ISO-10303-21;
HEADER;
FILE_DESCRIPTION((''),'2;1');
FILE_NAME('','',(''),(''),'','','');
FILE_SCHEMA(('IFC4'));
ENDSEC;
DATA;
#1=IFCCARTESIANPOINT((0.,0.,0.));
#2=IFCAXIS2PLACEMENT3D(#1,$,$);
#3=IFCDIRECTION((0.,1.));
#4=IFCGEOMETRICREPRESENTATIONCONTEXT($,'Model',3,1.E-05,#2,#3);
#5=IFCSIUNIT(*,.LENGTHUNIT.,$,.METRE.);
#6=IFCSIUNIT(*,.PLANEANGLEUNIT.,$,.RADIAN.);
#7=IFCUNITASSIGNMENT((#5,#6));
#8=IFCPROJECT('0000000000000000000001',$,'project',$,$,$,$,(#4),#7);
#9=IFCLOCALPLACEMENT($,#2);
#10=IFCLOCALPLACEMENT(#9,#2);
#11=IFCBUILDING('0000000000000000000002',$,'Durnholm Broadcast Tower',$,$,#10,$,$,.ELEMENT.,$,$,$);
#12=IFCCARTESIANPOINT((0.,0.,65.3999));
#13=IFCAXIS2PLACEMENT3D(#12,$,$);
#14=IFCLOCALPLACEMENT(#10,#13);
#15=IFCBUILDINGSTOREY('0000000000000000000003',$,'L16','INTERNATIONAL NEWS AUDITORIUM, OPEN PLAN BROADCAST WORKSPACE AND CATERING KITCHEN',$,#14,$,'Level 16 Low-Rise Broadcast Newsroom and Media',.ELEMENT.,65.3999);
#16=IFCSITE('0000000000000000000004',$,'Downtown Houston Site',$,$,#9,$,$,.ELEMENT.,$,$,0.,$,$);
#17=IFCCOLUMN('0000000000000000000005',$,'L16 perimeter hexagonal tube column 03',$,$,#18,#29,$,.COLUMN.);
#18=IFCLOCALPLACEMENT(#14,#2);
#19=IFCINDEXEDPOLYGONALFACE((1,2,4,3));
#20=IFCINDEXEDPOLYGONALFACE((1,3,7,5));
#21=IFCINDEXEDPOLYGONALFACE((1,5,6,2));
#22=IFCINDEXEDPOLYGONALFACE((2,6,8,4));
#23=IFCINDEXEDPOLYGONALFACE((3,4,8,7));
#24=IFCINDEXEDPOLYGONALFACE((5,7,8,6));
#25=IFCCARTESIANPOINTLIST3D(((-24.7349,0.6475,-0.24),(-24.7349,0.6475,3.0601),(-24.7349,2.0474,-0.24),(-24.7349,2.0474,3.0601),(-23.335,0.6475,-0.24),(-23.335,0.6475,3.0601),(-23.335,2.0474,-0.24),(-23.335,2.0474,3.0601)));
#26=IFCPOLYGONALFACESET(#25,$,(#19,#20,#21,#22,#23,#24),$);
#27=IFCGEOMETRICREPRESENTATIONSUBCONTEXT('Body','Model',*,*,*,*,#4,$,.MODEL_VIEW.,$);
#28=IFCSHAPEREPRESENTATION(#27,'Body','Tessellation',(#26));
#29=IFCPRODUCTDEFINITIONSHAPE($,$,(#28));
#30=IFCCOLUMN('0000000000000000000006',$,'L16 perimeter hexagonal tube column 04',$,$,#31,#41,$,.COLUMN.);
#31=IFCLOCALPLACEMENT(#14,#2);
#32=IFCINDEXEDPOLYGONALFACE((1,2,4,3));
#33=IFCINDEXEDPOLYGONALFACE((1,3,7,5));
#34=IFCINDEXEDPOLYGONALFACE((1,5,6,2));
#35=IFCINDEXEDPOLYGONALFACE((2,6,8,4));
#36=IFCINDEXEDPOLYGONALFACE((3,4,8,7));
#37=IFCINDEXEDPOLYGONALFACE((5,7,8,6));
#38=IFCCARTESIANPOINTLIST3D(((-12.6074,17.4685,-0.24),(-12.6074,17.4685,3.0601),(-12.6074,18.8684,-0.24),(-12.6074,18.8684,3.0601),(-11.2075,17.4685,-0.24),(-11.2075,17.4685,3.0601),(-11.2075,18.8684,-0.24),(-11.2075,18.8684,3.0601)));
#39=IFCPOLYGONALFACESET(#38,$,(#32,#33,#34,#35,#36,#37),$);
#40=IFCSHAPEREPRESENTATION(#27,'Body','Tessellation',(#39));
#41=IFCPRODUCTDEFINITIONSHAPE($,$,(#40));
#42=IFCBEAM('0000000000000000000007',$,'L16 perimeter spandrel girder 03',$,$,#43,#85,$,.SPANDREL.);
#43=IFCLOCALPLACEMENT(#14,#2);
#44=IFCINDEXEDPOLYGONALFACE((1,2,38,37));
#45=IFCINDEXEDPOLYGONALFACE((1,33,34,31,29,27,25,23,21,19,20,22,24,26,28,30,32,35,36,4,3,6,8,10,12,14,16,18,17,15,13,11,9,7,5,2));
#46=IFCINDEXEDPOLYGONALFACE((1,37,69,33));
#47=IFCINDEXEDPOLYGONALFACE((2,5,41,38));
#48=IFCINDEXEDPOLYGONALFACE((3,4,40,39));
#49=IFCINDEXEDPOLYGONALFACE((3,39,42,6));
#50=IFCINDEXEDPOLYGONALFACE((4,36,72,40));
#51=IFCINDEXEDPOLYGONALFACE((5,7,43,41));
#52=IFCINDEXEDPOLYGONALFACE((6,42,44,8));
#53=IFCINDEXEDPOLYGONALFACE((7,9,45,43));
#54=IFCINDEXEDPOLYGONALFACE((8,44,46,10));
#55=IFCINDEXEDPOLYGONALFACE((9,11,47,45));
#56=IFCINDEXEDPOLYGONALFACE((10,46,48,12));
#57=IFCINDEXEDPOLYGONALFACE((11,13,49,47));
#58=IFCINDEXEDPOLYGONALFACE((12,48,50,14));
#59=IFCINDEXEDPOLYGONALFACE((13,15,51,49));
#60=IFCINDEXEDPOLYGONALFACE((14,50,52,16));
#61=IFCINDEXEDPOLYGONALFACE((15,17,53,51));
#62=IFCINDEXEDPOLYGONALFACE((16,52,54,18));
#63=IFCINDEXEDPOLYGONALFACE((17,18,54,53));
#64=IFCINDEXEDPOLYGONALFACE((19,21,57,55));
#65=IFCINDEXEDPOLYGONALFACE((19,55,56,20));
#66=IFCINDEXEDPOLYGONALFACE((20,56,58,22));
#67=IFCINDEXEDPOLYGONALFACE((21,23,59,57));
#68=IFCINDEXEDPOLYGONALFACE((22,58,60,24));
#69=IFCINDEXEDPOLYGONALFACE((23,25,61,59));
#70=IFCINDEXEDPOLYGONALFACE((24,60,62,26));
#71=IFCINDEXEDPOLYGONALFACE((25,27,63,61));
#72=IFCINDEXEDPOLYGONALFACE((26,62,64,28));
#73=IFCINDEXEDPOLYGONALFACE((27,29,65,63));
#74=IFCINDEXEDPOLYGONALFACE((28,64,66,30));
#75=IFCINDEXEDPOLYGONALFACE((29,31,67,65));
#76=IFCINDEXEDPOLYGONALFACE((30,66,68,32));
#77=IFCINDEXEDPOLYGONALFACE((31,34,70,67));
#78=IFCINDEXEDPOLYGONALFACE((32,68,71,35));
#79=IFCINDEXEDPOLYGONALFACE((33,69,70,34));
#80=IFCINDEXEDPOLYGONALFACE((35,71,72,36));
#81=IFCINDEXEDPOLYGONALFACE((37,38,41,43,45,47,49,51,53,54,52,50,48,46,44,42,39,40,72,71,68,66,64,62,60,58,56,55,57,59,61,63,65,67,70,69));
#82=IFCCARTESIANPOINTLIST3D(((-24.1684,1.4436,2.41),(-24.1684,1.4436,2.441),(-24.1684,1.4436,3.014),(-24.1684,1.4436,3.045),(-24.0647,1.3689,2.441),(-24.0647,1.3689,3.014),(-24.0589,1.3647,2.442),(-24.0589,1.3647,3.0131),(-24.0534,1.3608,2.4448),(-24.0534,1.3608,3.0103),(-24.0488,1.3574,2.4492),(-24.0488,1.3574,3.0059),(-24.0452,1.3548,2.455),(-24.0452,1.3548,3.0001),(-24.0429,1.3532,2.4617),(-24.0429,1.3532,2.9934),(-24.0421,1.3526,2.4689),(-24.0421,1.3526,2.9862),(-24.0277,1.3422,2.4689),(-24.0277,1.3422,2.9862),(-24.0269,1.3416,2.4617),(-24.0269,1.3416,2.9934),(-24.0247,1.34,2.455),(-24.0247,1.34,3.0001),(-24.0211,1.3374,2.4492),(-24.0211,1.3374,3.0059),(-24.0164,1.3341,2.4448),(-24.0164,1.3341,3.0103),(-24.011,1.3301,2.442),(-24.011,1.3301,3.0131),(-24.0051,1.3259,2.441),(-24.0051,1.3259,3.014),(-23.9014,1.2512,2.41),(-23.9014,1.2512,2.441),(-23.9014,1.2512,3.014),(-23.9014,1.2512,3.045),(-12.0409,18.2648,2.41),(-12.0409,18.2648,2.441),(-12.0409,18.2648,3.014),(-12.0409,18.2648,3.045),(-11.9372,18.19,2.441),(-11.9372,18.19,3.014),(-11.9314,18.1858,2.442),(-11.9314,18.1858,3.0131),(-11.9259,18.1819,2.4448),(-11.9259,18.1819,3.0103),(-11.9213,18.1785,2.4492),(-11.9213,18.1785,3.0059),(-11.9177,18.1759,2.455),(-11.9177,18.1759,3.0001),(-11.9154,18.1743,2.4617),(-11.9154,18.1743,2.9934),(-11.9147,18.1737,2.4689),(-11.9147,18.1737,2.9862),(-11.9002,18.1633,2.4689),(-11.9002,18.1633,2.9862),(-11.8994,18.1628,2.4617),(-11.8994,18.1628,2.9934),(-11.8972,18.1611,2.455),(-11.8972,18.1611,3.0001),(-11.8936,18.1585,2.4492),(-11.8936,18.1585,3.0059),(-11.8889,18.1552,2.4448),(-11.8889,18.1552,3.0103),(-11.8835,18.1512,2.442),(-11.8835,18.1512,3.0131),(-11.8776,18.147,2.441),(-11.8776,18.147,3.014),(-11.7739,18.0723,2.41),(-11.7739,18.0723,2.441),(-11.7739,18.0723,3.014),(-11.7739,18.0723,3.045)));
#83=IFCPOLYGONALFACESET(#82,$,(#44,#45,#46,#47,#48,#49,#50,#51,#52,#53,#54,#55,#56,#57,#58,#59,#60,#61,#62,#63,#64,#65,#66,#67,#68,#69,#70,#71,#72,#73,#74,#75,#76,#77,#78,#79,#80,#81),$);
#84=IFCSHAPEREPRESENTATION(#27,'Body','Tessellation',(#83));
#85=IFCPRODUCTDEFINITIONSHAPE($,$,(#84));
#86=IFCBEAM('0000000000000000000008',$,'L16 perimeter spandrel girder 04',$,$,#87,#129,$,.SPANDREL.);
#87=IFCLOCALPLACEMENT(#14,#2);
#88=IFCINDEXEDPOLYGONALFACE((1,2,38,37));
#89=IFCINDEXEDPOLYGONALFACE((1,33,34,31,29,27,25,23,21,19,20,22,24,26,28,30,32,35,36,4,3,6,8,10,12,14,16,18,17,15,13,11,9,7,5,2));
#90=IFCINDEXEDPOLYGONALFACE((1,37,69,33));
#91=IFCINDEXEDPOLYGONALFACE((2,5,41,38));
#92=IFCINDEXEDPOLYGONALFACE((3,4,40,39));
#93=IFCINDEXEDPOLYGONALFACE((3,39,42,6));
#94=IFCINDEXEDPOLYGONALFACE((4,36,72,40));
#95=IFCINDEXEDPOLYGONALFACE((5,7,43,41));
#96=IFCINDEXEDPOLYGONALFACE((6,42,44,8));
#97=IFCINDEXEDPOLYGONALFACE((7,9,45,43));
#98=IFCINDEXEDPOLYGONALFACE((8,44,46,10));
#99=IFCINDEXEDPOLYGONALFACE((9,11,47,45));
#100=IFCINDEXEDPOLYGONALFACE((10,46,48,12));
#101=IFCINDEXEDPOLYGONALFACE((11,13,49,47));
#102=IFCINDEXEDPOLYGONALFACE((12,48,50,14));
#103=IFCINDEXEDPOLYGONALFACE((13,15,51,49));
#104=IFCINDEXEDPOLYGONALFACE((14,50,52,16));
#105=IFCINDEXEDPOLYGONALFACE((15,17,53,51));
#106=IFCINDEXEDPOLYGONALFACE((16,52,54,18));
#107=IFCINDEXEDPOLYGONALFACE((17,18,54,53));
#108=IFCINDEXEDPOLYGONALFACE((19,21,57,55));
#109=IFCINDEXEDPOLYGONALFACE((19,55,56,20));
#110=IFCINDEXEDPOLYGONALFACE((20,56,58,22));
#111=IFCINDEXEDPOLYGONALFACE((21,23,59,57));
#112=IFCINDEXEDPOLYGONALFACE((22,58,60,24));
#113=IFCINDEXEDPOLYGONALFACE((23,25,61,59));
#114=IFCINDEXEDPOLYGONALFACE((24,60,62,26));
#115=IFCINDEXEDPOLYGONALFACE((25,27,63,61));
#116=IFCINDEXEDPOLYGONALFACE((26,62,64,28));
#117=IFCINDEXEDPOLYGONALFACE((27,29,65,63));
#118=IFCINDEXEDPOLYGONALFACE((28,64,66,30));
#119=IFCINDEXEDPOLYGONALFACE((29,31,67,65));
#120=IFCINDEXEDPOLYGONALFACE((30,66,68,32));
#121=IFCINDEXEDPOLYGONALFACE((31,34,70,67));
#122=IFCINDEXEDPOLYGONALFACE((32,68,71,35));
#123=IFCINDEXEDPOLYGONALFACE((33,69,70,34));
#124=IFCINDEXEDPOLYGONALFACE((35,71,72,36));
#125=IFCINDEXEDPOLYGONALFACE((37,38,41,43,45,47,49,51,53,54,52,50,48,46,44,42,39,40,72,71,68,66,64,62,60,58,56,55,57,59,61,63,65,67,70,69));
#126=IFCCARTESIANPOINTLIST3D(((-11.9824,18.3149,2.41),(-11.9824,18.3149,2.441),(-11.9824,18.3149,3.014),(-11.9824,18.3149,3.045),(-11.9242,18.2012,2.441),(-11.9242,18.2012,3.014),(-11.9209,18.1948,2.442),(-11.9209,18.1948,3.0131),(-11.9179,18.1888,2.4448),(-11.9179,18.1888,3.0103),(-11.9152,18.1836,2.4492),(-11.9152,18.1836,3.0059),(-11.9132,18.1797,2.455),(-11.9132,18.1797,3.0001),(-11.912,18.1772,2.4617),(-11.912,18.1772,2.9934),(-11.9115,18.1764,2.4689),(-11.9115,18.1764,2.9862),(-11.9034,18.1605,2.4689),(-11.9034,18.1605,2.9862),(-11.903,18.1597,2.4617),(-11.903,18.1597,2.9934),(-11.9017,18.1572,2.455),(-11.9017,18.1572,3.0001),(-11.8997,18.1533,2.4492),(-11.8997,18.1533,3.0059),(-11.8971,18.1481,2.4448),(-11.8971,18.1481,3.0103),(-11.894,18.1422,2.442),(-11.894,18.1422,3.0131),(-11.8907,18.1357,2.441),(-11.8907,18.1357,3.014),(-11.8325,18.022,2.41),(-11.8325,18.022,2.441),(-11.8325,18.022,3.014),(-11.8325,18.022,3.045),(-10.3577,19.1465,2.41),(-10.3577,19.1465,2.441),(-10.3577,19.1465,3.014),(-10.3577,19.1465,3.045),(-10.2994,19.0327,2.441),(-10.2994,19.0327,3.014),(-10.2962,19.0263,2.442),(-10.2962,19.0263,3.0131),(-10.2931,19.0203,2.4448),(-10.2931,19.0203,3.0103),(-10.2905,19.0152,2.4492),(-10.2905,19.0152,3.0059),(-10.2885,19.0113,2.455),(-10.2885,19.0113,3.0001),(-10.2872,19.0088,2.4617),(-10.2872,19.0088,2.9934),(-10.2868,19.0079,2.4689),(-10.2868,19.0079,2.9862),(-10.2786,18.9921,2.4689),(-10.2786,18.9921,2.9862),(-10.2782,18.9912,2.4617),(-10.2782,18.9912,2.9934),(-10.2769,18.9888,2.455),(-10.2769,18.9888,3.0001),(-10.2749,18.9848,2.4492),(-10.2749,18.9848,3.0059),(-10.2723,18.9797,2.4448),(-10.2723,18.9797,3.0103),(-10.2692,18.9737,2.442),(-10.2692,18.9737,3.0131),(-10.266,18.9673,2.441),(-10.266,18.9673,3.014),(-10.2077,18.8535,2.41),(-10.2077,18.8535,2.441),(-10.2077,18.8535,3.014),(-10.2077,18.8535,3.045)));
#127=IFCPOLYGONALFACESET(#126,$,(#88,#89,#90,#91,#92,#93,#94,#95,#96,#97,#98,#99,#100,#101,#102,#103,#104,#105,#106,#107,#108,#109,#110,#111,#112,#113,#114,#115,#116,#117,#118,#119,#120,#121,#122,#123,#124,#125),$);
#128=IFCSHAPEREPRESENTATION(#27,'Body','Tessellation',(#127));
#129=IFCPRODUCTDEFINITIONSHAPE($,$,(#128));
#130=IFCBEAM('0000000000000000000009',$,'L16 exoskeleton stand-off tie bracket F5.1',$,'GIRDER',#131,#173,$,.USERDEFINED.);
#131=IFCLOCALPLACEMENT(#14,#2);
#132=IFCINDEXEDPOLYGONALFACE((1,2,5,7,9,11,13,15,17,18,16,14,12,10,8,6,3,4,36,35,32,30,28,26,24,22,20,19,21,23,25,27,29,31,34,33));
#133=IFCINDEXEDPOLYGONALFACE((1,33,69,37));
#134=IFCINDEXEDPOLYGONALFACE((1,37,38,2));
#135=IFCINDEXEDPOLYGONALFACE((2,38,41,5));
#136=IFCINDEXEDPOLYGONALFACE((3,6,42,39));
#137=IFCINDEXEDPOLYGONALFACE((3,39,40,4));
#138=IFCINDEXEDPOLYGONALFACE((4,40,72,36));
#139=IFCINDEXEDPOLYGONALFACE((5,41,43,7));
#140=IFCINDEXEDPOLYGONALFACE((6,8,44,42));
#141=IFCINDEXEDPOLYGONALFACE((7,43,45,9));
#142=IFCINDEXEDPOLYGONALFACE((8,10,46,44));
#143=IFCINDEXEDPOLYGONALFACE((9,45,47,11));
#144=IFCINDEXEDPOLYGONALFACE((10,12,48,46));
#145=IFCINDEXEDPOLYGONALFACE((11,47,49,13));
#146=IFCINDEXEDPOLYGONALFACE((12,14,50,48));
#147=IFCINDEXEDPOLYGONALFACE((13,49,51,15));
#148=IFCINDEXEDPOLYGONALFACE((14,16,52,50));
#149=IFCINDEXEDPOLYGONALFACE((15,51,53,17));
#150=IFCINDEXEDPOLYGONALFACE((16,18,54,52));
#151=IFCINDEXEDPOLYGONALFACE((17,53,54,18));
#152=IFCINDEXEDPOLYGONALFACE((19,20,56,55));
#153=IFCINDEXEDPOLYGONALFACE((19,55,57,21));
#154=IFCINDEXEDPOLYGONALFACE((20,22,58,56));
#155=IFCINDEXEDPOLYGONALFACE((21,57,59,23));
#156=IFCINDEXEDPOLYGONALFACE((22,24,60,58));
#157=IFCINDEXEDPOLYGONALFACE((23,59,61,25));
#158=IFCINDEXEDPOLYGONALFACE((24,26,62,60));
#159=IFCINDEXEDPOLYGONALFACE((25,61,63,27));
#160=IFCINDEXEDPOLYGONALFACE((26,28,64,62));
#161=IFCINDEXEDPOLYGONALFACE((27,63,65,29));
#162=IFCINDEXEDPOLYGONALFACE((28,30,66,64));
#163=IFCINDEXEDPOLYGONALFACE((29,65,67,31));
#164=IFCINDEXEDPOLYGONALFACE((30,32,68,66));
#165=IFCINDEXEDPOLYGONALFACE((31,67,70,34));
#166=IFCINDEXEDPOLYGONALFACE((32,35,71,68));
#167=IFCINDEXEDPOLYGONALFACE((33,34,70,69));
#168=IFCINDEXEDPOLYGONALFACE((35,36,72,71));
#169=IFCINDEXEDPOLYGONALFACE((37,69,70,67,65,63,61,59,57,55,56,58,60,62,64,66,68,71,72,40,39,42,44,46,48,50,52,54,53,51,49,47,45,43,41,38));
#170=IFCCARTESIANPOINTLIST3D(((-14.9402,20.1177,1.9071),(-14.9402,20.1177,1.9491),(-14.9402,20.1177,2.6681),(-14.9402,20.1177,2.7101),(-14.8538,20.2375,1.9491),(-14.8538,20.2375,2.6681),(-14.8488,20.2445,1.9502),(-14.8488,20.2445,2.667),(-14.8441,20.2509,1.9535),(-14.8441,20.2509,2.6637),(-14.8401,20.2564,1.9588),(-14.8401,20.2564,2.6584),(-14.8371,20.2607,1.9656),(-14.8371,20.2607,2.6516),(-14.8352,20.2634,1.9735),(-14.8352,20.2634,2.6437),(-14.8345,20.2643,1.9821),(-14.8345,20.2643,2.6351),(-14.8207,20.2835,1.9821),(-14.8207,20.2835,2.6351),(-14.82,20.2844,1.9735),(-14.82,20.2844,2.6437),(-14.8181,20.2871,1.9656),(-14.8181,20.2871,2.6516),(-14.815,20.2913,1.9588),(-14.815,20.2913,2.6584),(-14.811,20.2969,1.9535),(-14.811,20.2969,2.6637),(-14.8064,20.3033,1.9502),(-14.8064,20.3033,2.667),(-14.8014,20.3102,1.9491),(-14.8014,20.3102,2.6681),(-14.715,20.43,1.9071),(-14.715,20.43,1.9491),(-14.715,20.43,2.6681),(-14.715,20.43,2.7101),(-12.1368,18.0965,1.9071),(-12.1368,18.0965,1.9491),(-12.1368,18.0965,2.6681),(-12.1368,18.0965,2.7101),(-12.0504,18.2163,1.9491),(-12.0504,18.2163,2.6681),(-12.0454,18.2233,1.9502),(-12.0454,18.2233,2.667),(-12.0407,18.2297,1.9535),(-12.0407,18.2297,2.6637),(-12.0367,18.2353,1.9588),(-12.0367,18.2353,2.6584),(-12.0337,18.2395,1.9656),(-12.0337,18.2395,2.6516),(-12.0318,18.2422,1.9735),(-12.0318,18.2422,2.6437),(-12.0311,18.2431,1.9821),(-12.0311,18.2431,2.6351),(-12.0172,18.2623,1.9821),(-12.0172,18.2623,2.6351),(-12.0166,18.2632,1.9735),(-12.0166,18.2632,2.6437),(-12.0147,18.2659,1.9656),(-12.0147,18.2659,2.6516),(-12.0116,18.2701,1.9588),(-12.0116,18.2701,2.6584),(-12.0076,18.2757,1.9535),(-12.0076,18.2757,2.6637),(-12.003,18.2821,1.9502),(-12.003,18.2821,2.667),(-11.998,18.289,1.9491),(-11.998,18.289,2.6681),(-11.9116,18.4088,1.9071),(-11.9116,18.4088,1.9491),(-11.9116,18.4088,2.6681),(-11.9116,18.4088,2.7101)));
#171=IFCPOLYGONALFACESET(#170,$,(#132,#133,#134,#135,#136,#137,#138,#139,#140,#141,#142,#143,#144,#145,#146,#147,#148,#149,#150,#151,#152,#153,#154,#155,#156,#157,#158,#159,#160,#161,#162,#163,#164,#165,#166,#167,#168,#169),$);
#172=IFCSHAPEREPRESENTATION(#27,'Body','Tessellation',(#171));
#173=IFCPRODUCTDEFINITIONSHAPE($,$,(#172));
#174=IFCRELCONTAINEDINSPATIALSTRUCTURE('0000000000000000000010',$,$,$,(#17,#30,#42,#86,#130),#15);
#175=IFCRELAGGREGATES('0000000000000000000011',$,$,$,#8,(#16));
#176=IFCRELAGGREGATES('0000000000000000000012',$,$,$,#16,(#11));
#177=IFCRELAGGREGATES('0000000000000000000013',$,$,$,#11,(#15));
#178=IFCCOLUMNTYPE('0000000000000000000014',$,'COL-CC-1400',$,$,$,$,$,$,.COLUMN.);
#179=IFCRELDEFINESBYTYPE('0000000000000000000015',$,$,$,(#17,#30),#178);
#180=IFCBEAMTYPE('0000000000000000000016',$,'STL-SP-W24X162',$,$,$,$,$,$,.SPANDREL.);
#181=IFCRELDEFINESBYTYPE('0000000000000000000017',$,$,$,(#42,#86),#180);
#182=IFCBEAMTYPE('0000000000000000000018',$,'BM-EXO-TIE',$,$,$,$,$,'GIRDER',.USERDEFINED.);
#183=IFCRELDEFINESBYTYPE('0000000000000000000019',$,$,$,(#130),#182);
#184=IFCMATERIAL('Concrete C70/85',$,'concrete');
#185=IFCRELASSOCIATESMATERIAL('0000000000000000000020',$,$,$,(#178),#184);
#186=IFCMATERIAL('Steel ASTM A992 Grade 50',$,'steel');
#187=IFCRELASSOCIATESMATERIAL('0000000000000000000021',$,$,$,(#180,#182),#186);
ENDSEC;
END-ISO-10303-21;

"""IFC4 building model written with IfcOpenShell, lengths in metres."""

from ifc_helpers import new_model, si_unit, direction, frame, origin, origin_2d, place, context, subcontext, project, spatial, rectangle, i_section, extrude, source, transform, mapped, material, material_profile, profile_set, type_object, type_shapes, element, save


model = new_model("IFC4")

# Units and contexts
model_context = context("Model", 3, precision=1e-05, world=origin(), true_north=direction((0.0, 1.0)))
body_context = subcontext(model_context, "Body", "Model", "MODEL_VIEW")
ifc_project = project(units=[si_unit("LENGTHUNIT", "METRE"), si_unit("PLANEANGLEUNIT", "RADIAN")], contexts=[model_context])

# Site, building, storey
site_placement = place(None, origin())
site = spatial("IfcSite", under=ifc_project, at=site_placement, Name="Downtown Houston Site", CompositionType="ELEMENT", RefElevation=0.0)
building_placement = place(site_placement, origin())
building = spatial("IfcBuilding", under=site, at=building_placement, Name="Durnholm Broadcast Tower", CompositionType="ELEMENT")
storey_placement = place(building_placement, frame((0.0, 0.0, 65.3999)))
storey = spatial("IfcBuildingStorey", under=building, at=storey_placement, Name="L16", Description="INTERNATIONAL NEWS AUDITORIUM, OPEN PLAN BROADCAST WORKSPACE AND CATERING KITCHEN", LongName="Level 16 Low-Rise Broadcast Newsroom and Media", CompositionType="ELEMENT", Elevation=65.3999)

# Columns
ifc_material_1 = material(Name="Concrete C70/85", Category="concrete")
ifc_material_profile_1 = material_profile(ifc_material_1, rectangle(XDim=1.3999, YDim=1.3999, at=origin_2d()), Name="RC1400X1400")
ifc_profile_set_1 = profile_set([ifc_material_profile_1], Name="Concrete C70/85")
column_type = type_object("IfcColumnType", Name="COL-CC-1400", PredefinedType="COLUMN", material=ifc_profile_set_1)
shared_shape_1 = source(origin(), body_context, "Body", "SweptSolid", [
    extrude(rectangle(XDim=1.3999, YDim=1.3999, at=origin_2d()), origin(), (0.0, 0.0, 1.0), 3.3),
])
type_shapes(column_type, [shared_shape_1])
for number, where, z_axis, x_axis, name in (
    (1, (-24.0349, 1.3474, -0.24), (0.0, 0.0, 1.0), (1.0, 0.0, 0.0), "L16 perimeter hexagonal tube column 03"),
    (2, (-11.9075, 18.1685, -0.24), (0.0, 0.0, 1.0), (1.0, 0.0, 0.0), "L16 perimeter hexagonal tube column 04"),
):
    element("IfcColumn", number, at=place(storey_placement, frame(where, z_axis=z_axis, x_axis=x_axis)), inside=storey, type_object=column_type, Name=name, PredefinedType="COLUMN", context=body_context, shape_type="MappedRepresentation", body=[
        mapped(shared_shape_1, transform((0.0, 0.0, 0.0), x_axis=(1.0, 0.0, 0.0), y_axis=(0.0, 1.0, 0.0), z_axis=(0.0, 0.0, 1.0), scale=1.0)),
    ])

# Beams
ifc_material_2 = material(Name="Steel ASTM A992 Grade 50", Category="steel")
ifc_material_profile_2 = material_profile(ifc_material_2, i_section(OverallWidth=0.3291, OverallDepth=0.635, WebThickness=0.0178, FlangeThickness=0.031, FilletRadius=0.0278, at=origin_2d()), Name="W24X162")
ifc_profile_set_2 = profile_set([ifc_material_profile_2], Name="Steel ASTM A992 Grade 50")
beam_type_1 = type_object("IfcBeamType", Name="STL-SP-W24X162", PredefinedType="SPANDREL", material=ifc_profile_set_2)
shared_shape_2 = source(origin(), body_context, "Body", "SweptSolid", [
    extrude(i_section(OverallWidth=0.3291, OverallDepth=0.635, WebThickness=0.0178, FlangeThickness=0.031, FilletRadius=0.0278, at=origin_2d()), origin(), (0.0, 0.0, 1.0), 20.7371),
])
beam_1_placement = place(storey_placement, frame((-24.0349, 1.3474, 2.7275), z_axis=(0.584822, 0.811162, 0.0), x_axis=(-0.811162, 0.584822, 0.0)))
element("IfcBeam", 3, at=beam_1_placement, inside=storey, type_object=beam_type_1, Name="L16 perimeter spandrel girder 03", PredefinedType="SPANDREL", context=body_context, shape_type="MappedRepresentation", body=[
    mapped(shared_shape_2, transform((0.0, 0.0, 0.0), x_axis=(1.0, 0.0, 0.0), y_axis=(0.0, 1.0, 0.0), z_axis=(0.0, 0.0, 1.0), scale=1.0)),
])
shared_shape_3 = source(origin(), body_context, "Body", "SweptSolid", [
    extrude(i_section(OverallWidth=0.3291, OverallDepth=0.635, WebThickness=0.0178, FlangeThickness=0.031, FilletRadius=0.0278, at=origin_2d()), origin(), (0.0, 0.0, 1.0), 1.8252),
])
type_shapes(beam_type_1, [shared_shape_2, shared_shape_3])
beam_2_placement = place(storey_placement, frame((-11.9075, 18.1685, 2.7275), z_axis=(0.890188, 0.455594, 0.0), x_axis=(-0.455594, 0.890188, 0.0)))
element("IfcBeam", 4, at=beam_2_placement, inside=storey, type_object=beam_type_1, Name="L16 perimeter spandrel girder 04", PredefinedType="SPANDREL", context=body_context, shape_type="MappedRepresentation", body=[
    mapped(shared_shape_3, transform((0.0, 0.0, 0.0), x_axis=(1.0, 0.0, 0.0), y_axis=(0.0, 1.0, 0.0), z_axis=(0.0, 0.0, 1.0), scale=1.0)),
])
ifc_material_profile_3 = material_profile(ifc_material_2, i_section(OverallWidth=0.385, OverallDepth=0.803, WebThickness=0.0237, FlangeThickness=0.042, FilletRadius=0.033, at=origin_2d()), Name="W30X261")
ifc_profile_set_3 = profile_set([ifc_material_profile_3], Name="Steel ASTM A992 Grade 50")
beam_type_2 = type_object("IfcBeamType", Name="BM-EXO-TIE", ElementType="GIRDER", PredefinedType="USERDEFINED", material=ifc_profile_set_3)
shared_shape_4 = source(origin(), body_context, "Body", "SweptSolid", [
    extrude(i_section(OverallWidth=0.385, OverallDepth=0.803, WebThickness=0.0237, FlangeThickness=0.042, FilletRadius=0.033, at=origin_2d()), origin(), (0.0, 0.0, 1.0), 3.4561),
])
beam_3_placement = place(storey_placement, frame((-12.0242, 18.2527, 2.3086), z_axis=(-0.811158, 0.584828, 0.0), x_axis=(-0.584828, -0.811158, 0.0)))
element("IfcBeam", 5, at=beam_3_placement, inside=storey, type_object=beam_type_2, Name="L16 exoskeleton stand-off tie bracket F5.1", ObjectType="GIRDER", PredefinedType="USERDEFINED", context=body_context, shape_type="MappedRepresentation", body=[
    mapped(shared_shape_4, transform((0.0, 0.0, 0.0), x_axis=(1.0, 0.0, 0.0), y_axis=(0.0, 1.0, 0.0), z_axis=(0.0, 0.0, 1.0), scale=1.0)),
])

save(model, "model.ifc")
